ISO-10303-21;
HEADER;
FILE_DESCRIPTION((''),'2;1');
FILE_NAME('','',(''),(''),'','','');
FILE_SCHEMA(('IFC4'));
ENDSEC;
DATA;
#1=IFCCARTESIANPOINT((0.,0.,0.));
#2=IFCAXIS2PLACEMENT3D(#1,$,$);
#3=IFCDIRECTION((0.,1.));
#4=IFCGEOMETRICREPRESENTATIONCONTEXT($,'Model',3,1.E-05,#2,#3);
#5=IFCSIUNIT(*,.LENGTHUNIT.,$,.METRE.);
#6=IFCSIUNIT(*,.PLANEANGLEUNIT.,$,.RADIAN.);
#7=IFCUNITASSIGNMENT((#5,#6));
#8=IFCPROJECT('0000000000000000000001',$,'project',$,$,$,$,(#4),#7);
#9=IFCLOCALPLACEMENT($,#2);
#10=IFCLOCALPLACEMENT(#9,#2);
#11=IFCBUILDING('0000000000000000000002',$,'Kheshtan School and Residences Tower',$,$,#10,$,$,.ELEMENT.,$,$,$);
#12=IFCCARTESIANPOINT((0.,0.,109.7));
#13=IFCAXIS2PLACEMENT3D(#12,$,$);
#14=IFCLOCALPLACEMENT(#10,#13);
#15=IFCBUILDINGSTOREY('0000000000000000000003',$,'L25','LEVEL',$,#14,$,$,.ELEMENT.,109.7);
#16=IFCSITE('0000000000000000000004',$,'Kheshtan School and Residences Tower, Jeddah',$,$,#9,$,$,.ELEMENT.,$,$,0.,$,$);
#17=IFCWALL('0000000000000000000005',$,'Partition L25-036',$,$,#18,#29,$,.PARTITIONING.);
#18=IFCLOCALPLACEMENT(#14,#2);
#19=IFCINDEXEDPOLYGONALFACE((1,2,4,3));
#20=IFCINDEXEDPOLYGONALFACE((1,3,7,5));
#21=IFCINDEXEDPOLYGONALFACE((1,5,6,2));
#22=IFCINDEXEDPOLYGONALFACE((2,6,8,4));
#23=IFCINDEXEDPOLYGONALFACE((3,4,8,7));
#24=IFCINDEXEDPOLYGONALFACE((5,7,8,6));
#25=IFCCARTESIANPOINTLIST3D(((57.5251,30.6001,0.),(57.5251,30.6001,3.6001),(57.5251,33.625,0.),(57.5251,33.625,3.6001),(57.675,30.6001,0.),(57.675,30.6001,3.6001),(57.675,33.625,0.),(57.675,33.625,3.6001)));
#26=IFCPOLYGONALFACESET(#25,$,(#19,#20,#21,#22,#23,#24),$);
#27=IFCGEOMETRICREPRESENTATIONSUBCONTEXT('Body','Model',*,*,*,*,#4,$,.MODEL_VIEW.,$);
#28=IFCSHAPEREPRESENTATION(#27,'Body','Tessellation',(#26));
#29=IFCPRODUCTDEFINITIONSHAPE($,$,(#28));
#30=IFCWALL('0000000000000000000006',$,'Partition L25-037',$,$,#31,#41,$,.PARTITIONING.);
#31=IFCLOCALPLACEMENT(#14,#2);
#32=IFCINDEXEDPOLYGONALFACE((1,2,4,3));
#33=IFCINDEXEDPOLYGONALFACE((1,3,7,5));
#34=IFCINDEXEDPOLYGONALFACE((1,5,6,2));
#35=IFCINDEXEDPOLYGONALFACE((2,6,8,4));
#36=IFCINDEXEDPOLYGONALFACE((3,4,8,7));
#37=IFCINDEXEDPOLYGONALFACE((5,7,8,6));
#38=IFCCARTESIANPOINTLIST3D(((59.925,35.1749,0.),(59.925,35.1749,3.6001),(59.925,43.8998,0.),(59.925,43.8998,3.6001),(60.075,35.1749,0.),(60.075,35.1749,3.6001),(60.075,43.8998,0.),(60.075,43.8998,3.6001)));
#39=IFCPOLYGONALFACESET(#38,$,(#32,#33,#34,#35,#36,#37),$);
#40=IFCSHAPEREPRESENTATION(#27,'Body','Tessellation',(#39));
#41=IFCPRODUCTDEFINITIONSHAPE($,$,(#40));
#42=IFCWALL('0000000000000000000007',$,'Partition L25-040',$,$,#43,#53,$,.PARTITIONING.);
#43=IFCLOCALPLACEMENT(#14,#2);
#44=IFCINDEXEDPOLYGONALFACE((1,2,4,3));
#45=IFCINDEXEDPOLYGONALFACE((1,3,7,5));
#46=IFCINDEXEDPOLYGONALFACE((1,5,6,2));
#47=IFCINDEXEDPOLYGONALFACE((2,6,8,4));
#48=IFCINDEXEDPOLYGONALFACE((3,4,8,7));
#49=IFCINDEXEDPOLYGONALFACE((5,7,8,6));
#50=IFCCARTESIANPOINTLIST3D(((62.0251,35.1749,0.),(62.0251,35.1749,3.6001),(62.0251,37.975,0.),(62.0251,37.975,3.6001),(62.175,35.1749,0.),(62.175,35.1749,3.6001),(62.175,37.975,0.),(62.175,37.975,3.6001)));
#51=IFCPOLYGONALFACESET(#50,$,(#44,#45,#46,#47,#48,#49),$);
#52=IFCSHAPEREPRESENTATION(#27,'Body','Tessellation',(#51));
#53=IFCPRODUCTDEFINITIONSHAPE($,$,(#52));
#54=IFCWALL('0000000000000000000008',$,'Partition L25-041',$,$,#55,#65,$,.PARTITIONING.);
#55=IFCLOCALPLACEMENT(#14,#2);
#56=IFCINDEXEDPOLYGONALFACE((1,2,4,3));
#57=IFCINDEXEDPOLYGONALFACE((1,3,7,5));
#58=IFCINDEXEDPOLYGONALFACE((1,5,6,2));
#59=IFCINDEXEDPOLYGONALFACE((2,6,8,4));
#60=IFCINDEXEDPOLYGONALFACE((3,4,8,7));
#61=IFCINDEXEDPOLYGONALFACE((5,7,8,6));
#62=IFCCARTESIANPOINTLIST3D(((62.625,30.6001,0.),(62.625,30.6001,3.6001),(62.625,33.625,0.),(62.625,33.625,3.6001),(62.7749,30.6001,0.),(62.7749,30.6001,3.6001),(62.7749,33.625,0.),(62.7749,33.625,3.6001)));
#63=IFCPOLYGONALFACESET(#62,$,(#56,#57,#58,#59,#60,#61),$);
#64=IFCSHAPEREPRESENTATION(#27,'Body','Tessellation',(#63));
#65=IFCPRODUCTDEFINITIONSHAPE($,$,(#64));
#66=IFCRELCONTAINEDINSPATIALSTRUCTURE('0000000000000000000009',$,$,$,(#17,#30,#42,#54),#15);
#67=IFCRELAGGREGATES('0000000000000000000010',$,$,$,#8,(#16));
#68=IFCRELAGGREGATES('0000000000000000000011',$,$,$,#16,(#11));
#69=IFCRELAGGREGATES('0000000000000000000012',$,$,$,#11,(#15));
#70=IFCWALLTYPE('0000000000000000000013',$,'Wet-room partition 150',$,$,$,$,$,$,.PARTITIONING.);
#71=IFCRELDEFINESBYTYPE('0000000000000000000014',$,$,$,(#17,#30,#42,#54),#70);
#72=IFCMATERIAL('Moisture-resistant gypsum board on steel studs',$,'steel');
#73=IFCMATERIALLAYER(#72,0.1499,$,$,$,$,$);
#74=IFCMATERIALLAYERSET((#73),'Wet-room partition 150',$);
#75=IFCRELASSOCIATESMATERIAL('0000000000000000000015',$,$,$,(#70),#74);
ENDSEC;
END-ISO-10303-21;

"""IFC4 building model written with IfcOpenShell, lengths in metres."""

from ifc_helpers import new_model, si_unit, direction, frame, frame_2d, origin, place, context, subcontext, project, spatial, rectangle, extrude, material, layer, layer_set, type_object, element, save


model = new_model("IFC4")

# Units and contexts
model_context = context("Model", 3, precision=1e-05, world=origin(), true_north=direction((0.0, 1.0)))
body_context = subcontext(model_context, "Body", "Model", "MODEL_VIEW")
ifc_project = project(units=[si_unit("LENGTHUNIT", "METRE"), si_unit("PLANEANGLEUNIT", "RADIAN")], contexts=[model_context])

# Site, building, storey
site_placement = place(None, origin())
site = spatial("IfcSite", under=ifc_project, at=site_placement, Name="Kheshtan School and Residences Tower, Jeddah", CompositionType="ELEMENT", RefElevation=0.0)
building_placement = place(site_placement, origin())
building = spatial("IfcBuilding", under=site, at=building_placement, Name="Kheshtan School and Residences Tower", CompositionType="ELEMENT")
storey_placement = place(building_placement, frame((0.0, 0.0, 109.7)))
storey = spatial("IfcBuildingStorey", under=building, at=storey_placement, Name="L25", Description="LEVEL", CompositionType="ELEMENT", Elevation=109.7)

# Shared definitions
ifc_material_1 = material(Name="Moisture-resistant gypsum board on steel studs", Category="steel")
ifc_layer_1 = layer(ifc_material_1, 0.1499)
ifc_layer_set_1 = layer_set([ifc_layer_1], Name="Wet-room partition 150")
wall_type_1 = type_object("IfcWallType", Name="Wet-room partition 150", PredefinedType="PARTITIONING", material=ifc_layer_set_1)

# Walls
wall_1_placement = place(storey_placement, frame((57.6001, 30.6001, 0.0), z_axis=(0.0, 0.0, 1.0), x_axis=(0.0, 1.0, 0.0)))
element("IfcWall", 1, at=wall_1_placement, inside=storey, type_object=wall_type_1, Name="Partition L25-036", PredefinedType="PARTITIONING", context=body_context, shape_type="SweptSolid", body=[
    extrude(rectangle(XDim=3.0249, YDim=0.1499, at=frame_2d((1.5125, 0.0))), origin(), (0.0, 0.0, 1.0), 3.6001),
])
wall_2_placement = place(storey_placement, frame((60.0, 35.175, 0.0), z_axis=(0.0, 0.0, 1.0), x_axis=(0.0, 1.0, 0.0)))
element("IfcWall", 2, at=wall_2_placement, inside=storey, type_object=wall_type_1, Name="Partition L25-037", PredefinedType="PARTITIONING", context=body_context, shape_type="SweptSolid", body=[
    extrude(rectangle(XDim=8.7249, YDim=0.1499, at=frame_2d((4.3623, 0.0))), origin(), (0.0, 0.0, 1.0), 3.6001),
])
wall_3_placement = place(storey_placement, frame((62.1001, 35.175, 0.0), z_axis=(0.0, 0.0, 1.0), x_axis=(0.0, 1.0, 0.0)))
element("IfcWall", 3, at=wall_3_placement, inside=storey, type_object=wall_type_1, Name="Partition L25-040", PredefinedType="PARTITIONING", context=body_context, shape_type="SweptSolid", body=[
    extrude(rectangle(XDim=2.8, YDim=0.1499, at=frame_2d((1.3999, 0.0))), origin(), (0.0, 0.0, 1.0), 3.6001),
])
wall_4_placement = place(storey_placement, frame((62.7, 30.6001, 0.0), z_axis=(0.0, 0.0, 1.0), x_axis=(0.0, 1.0, 0.0)))
element("IfcWall", 4, at=wall_4_placement, inside=storey, type_object=wall_type_1, Name="Partition L25-041", PredefinedType="PARTITIONING", context=body_context, shape_type="SweptSolid", body=[
    extrude(rectangle(XDim=3.0249, YDim=0.1499, at=frame_2d((1.5125, 0.0))), origin(), (0.0, 0.0, 1.0), 3.6001),
])

save(model, "model.ifc")
